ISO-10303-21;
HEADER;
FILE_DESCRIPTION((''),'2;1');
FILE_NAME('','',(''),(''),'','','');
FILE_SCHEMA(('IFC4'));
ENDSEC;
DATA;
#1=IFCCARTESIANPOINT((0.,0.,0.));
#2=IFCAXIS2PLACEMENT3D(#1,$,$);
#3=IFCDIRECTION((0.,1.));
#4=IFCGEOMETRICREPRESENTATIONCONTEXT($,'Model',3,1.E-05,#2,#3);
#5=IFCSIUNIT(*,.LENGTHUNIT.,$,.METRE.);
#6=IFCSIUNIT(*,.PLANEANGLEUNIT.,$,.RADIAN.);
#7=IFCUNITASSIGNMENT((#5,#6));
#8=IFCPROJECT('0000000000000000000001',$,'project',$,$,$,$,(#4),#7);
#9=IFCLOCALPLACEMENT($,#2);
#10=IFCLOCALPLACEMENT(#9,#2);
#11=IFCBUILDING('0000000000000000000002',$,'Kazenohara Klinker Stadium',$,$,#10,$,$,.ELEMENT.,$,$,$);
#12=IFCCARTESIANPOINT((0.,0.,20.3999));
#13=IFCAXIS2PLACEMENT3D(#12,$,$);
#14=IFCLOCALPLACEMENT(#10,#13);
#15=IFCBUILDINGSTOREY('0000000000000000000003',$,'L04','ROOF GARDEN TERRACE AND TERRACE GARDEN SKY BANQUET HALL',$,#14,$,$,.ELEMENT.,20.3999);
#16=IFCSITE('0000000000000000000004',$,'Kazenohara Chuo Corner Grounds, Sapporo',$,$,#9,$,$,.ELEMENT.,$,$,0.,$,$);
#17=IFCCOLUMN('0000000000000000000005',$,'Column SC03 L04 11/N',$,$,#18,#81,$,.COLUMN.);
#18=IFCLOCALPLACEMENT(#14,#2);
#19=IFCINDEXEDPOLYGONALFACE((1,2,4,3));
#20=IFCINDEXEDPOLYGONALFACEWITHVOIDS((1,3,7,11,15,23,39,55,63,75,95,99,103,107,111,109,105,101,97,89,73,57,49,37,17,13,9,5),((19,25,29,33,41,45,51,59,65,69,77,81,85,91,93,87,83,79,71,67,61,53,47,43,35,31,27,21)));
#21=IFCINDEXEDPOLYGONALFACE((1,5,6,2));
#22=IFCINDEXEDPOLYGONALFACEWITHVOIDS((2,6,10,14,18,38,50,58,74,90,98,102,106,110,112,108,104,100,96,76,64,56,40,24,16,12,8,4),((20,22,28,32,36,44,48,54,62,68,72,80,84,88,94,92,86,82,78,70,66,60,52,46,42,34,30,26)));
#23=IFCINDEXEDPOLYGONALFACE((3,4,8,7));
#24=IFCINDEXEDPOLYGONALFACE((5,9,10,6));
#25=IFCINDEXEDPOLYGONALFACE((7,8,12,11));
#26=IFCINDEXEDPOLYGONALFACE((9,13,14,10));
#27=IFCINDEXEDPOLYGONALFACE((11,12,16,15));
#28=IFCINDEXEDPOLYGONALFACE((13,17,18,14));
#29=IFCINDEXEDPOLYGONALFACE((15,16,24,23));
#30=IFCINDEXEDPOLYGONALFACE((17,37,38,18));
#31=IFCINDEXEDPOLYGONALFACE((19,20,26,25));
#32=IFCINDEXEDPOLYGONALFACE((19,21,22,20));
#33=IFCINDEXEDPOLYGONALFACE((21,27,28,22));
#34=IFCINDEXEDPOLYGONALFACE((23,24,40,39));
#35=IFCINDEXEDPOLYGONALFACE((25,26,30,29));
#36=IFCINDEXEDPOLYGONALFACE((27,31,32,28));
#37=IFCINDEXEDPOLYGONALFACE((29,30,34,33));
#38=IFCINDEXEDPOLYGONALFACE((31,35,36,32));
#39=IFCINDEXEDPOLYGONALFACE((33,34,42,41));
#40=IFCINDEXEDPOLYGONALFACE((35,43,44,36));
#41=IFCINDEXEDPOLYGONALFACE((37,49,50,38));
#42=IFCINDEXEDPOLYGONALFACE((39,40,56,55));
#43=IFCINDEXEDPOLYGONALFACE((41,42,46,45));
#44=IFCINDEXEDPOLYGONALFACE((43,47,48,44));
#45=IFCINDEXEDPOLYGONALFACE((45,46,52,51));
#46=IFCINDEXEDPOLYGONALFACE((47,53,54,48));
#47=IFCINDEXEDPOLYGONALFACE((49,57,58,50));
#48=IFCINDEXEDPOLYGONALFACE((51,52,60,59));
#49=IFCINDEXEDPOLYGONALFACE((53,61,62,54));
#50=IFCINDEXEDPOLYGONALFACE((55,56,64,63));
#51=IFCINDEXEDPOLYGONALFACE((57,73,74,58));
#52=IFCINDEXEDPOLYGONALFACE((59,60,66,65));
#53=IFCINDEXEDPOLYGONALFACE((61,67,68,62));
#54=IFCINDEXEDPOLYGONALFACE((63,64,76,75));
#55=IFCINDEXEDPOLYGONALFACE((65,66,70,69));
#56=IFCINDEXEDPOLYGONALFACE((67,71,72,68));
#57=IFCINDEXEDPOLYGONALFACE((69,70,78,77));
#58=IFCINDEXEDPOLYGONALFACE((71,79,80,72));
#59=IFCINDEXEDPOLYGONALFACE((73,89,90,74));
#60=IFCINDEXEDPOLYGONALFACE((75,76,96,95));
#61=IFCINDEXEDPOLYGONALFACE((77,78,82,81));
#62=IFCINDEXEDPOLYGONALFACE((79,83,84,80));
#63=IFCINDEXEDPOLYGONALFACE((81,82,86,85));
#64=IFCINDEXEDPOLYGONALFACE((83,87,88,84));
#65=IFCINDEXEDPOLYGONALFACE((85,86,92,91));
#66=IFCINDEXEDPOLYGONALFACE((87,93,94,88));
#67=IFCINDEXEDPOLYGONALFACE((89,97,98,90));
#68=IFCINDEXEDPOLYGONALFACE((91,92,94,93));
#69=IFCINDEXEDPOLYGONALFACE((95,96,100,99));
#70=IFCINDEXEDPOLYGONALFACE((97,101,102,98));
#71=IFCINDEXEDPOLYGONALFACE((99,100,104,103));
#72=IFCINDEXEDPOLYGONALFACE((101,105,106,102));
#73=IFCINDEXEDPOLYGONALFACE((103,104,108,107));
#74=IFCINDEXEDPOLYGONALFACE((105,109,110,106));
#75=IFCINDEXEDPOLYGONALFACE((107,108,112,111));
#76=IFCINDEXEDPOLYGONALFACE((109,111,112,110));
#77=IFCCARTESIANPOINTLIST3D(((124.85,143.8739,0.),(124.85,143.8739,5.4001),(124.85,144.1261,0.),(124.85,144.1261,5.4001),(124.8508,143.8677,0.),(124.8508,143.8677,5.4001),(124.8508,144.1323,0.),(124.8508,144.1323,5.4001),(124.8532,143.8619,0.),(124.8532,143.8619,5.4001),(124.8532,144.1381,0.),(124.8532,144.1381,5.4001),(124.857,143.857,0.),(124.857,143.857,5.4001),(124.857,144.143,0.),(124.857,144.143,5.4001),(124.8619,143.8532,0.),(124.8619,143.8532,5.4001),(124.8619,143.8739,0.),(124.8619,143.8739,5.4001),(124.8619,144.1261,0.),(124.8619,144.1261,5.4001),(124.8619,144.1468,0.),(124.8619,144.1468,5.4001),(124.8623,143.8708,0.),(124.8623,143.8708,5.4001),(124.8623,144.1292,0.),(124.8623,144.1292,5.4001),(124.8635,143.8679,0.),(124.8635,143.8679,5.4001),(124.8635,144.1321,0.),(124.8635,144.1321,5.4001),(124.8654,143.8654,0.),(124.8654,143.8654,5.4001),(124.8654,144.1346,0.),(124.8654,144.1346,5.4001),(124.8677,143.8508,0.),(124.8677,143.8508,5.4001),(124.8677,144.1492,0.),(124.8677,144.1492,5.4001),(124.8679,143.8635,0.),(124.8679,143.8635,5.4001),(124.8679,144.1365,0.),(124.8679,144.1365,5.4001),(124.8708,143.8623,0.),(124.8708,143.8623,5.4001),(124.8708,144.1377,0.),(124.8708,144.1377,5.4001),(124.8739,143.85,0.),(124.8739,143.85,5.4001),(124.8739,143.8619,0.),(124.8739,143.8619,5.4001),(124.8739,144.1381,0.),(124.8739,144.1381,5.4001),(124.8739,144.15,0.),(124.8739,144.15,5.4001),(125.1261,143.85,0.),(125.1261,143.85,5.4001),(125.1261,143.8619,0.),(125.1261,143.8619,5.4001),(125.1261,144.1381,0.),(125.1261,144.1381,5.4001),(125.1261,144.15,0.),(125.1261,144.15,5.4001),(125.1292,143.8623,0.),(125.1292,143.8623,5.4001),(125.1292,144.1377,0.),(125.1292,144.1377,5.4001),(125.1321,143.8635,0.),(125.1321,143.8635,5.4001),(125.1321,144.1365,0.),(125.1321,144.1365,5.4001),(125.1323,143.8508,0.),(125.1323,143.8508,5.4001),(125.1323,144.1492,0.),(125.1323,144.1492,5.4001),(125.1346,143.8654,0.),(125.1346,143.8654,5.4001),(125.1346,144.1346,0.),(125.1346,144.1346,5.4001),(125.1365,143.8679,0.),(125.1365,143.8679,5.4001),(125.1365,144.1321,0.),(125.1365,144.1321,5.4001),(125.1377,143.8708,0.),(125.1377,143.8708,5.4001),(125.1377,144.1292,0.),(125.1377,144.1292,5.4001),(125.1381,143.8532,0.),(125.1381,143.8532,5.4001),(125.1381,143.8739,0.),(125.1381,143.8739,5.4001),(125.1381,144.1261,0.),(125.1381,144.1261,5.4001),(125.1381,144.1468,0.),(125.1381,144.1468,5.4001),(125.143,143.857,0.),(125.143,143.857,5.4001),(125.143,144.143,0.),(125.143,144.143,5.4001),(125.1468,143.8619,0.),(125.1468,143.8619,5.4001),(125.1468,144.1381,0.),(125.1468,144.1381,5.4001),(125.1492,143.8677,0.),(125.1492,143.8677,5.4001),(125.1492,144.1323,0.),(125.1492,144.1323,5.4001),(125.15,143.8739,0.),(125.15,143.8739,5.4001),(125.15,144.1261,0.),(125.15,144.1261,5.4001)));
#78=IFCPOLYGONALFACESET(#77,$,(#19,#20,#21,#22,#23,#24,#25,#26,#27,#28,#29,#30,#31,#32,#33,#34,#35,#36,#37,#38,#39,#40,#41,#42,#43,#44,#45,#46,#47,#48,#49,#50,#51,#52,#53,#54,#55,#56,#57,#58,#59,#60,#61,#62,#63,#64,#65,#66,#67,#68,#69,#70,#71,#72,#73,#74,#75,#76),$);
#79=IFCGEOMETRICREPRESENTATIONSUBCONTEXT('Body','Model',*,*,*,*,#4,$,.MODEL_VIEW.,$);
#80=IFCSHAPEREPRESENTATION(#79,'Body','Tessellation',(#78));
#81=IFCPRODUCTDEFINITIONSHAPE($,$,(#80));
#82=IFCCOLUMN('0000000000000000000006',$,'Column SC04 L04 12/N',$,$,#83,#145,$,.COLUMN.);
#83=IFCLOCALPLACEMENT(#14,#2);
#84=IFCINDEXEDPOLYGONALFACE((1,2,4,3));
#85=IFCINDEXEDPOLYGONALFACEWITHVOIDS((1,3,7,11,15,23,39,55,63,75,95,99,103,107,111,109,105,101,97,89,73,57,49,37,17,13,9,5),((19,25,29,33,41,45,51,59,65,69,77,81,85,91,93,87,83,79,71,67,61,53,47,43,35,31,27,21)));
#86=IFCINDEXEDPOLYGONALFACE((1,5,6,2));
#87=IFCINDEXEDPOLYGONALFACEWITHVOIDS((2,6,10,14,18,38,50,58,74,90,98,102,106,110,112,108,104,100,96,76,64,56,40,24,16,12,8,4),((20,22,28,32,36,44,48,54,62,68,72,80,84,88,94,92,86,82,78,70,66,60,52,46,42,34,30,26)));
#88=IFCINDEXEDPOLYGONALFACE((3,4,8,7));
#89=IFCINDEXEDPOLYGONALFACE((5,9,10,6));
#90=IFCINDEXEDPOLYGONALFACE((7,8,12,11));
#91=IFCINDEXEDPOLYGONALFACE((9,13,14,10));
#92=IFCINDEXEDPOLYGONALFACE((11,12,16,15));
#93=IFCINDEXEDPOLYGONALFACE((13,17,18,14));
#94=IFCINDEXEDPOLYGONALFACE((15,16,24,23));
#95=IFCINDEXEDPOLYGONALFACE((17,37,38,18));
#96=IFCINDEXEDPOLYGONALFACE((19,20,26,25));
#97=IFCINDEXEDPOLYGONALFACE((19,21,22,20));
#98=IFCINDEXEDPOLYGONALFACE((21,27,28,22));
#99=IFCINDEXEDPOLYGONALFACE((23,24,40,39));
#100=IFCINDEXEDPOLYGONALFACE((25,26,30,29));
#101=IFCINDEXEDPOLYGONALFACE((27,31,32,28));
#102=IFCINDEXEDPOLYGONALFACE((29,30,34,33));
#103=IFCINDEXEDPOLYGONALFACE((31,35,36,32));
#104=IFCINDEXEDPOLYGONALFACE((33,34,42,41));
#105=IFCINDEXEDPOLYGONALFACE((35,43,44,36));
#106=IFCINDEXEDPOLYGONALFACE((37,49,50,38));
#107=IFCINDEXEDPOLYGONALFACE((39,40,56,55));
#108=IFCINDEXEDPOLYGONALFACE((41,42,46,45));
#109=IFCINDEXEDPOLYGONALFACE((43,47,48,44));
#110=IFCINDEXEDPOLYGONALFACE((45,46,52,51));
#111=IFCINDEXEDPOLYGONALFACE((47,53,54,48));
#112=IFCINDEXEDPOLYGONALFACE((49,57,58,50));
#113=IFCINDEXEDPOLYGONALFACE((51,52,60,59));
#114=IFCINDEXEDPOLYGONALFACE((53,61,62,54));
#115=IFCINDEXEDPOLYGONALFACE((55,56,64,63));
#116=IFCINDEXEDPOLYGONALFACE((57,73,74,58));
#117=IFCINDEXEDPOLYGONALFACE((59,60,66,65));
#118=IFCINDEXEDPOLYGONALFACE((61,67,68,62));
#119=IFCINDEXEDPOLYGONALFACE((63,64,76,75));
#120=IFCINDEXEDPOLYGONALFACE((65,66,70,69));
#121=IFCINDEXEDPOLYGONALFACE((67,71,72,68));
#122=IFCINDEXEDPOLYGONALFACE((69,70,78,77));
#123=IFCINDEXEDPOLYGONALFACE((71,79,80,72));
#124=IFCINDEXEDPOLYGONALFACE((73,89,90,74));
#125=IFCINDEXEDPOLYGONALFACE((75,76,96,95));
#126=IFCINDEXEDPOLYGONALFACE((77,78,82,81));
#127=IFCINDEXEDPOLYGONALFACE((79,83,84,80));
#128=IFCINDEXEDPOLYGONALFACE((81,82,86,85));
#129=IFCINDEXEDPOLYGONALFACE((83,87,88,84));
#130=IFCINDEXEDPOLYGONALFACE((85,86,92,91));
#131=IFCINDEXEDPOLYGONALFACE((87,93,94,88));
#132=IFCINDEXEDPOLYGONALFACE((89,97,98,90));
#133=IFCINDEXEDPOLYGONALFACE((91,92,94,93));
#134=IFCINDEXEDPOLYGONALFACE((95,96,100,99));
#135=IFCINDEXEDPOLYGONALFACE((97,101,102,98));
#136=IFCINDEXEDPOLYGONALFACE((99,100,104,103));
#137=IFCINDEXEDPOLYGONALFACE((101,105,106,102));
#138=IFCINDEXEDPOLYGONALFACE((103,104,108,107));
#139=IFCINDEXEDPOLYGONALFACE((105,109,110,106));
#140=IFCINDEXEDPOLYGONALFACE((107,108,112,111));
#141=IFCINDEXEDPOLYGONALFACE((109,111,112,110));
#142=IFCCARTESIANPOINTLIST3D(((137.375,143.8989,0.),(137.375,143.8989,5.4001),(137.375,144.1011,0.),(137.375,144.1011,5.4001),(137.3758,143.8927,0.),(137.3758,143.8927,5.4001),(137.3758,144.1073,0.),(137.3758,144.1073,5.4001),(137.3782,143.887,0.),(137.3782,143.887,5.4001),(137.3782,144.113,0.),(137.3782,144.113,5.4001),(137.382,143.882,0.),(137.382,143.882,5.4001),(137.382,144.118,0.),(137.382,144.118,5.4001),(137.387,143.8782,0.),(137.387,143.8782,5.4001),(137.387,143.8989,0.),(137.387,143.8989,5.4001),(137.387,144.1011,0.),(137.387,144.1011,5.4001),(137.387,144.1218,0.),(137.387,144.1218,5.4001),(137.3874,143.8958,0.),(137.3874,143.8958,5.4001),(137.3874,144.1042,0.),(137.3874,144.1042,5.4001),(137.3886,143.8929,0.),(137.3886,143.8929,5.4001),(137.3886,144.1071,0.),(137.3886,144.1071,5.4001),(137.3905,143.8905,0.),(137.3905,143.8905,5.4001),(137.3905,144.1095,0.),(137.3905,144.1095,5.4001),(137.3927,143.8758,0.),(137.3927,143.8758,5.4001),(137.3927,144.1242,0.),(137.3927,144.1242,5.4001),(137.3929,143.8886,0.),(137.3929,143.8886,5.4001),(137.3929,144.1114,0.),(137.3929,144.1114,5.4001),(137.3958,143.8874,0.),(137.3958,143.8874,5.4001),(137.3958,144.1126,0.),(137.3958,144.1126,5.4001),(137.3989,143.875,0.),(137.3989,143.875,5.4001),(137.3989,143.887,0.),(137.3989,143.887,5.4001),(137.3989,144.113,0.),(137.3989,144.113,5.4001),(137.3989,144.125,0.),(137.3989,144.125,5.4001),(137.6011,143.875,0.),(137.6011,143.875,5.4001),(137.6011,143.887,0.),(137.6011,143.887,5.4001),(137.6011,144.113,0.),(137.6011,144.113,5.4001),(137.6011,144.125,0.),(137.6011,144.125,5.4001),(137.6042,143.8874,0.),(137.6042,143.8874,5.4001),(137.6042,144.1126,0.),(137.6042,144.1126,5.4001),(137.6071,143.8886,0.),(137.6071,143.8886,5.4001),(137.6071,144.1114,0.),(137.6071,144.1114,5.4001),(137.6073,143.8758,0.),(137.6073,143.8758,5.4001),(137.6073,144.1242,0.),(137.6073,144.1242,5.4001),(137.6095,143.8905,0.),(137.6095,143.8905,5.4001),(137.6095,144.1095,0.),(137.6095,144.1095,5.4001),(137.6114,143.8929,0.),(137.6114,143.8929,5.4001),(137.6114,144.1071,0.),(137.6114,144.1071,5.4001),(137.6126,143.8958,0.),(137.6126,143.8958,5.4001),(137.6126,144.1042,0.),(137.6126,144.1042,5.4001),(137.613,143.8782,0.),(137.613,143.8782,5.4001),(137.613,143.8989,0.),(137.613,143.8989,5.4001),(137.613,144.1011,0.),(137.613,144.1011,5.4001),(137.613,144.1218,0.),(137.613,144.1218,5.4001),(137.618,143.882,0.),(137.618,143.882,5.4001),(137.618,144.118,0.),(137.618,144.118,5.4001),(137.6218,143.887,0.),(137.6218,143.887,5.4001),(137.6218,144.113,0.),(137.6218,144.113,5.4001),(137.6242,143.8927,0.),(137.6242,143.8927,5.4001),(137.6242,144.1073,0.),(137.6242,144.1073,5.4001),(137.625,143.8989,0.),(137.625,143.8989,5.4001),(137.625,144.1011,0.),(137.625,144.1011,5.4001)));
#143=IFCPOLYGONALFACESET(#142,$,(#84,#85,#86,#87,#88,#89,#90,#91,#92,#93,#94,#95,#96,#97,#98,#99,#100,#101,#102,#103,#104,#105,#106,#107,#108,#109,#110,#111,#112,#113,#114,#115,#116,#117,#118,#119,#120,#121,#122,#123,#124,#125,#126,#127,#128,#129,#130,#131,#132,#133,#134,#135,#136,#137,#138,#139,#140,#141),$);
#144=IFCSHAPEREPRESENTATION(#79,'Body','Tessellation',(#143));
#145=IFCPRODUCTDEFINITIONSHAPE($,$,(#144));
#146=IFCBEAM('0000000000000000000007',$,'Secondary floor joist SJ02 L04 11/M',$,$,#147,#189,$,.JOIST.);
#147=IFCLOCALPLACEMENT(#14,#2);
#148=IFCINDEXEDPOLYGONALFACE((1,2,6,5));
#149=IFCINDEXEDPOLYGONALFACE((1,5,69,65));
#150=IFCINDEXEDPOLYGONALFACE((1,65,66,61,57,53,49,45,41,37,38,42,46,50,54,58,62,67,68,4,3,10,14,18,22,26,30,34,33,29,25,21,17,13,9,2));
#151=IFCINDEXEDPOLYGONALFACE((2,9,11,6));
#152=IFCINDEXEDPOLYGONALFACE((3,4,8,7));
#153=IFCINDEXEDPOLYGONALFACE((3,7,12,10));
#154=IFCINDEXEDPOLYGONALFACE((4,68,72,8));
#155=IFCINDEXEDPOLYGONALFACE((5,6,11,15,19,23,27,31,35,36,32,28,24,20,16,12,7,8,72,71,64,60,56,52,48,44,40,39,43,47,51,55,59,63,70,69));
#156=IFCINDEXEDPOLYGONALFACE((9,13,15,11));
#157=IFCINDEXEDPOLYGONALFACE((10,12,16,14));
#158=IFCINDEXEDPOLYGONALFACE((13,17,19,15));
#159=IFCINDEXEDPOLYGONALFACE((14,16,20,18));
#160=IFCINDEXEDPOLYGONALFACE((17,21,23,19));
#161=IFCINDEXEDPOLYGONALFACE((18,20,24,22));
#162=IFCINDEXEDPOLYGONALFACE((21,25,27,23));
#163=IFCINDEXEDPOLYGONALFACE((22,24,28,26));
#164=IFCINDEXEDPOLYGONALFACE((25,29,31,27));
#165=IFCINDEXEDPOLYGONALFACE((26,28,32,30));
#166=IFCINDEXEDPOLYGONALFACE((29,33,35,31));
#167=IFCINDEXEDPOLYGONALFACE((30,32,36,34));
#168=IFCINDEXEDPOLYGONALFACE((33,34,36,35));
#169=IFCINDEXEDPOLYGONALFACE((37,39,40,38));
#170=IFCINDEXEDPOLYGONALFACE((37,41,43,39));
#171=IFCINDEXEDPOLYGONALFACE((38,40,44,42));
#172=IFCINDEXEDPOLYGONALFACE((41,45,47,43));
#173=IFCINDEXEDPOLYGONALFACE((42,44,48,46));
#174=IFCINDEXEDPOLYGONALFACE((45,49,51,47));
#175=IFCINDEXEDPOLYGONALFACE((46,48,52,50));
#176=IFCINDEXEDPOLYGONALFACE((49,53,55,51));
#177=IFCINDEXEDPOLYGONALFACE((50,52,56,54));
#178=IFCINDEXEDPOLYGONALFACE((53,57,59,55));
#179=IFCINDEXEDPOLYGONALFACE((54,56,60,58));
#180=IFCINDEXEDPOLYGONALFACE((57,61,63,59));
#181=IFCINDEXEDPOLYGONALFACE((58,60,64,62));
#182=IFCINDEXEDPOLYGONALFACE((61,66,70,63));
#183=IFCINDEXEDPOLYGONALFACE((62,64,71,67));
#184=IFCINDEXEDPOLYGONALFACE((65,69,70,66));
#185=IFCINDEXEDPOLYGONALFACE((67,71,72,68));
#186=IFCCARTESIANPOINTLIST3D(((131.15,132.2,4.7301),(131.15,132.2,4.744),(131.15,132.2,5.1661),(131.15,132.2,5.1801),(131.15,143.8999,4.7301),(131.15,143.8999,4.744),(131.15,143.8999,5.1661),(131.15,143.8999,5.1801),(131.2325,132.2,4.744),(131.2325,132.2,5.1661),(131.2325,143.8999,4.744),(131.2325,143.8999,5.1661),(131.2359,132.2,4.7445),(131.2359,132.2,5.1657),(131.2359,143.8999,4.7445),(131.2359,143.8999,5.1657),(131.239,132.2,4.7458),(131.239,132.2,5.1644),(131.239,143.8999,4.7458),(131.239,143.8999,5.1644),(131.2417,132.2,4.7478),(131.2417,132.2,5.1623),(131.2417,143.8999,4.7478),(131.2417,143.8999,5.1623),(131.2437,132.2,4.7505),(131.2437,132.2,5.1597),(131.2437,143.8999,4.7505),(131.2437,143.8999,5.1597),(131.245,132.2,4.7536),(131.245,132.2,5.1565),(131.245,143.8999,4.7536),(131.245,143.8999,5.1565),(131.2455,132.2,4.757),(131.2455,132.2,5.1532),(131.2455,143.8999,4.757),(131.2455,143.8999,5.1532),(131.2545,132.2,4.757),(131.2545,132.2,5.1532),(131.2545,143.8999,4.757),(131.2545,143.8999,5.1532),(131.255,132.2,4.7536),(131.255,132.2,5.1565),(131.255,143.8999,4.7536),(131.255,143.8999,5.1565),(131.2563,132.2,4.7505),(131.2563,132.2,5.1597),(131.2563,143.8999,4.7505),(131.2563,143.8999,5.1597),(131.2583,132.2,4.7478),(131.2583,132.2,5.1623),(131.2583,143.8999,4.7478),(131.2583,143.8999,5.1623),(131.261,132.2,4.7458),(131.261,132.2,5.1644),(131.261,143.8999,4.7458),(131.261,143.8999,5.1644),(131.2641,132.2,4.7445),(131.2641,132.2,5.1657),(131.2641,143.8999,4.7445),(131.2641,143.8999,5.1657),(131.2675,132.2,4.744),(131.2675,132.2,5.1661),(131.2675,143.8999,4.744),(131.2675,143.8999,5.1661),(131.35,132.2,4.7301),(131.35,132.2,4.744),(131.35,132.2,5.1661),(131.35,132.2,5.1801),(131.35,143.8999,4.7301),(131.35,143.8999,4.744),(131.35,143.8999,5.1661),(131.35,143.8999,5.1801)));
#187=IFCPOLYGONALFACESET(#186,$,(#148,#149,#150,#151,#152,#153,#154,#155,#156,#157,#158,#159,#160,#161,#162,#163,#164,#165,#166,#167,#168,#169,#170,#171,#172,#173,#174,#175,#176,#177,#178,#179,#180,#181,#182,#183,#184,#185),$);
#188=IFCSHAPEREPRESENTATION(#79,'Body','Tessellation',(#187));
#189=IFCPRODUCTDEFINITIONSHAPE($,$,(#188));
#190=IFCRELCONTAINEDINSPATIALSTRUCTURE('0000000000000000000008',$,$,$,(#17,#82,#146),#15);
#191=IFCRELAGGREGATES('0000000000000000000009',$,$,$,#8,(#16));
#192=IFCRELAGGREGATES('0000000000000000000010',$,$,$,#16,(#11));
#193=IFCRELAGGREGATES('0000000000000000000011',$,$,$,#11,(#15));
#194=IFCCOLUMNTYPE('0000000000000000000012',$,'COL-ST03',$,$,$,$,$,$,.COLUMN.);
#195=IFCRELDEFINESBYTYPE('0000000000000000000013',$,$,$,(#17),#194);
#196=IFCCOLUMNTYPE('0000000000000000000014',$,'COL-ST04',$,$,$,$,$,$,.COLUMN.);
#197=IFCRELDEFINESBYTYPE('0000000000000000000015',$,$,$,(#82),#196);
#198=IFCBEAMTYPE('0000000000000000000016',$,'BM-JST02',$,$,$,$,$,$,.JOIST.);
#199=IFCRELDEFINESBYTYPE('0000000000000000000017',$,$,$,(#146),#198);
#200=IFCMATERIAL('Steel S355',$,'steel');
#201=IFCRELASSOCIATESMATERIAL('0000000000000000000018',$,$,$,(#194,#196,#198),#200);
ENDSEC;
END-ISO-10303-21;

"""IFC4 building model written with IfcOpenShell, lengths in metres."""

from ifc_helpers import new_model, si_unit, direction, frame, origin, origin_2d, place, context, subcontext, project, spatial, hollow_rectangle, i_section, extrude, material, material_profile, profile_set, type_object, element, save


model = new_model("IFC4")

# Units and contexts
model_context = context("Model", 3, precision=1e-05, world=origin(), true_north=direction((0.0, 1.0)))
body_context = subcontext(model_context, "Body", "Model", "MODEL_VIEW")
ifc_project = project(units=[si_unit("LENGTHUNIT", "METRE"), si_unit("PLANEANGLEUNIT", "RADIAN")], contexts=[model_context])

# Site, building, storey
site_placement = place(None, origin())
site = spatial("IfcSite", under=ifc_project, at=site_placement, Name="Kazenohara Chuo Corner Grounds, Sapporo", CompositionType="ELEMENT", RefElevation=0.0)
building_placement = place(site_placement, origin())
building = spatial("IfcBuilding", under=site, at=building_placement, Name="Kazenohara Klinker Stadium", CompositionType="ELEMENT")
storey_placement = place(building_placement, frame((0.0, 0.0, 20.3999)))
storey = spatial("IfcBuildingStorey", under=building, at=storey_placement, Name="L04", Description="ROOF GARDEN TERRACE AND TERRACE GARDEN SKY BANQUET HALL", CompositionType="ELEMENT", Elevation=20.3999)

# Columns
ifc_material_1 = material(Name="Steel S355", Category="steel")
ifc_material_profile_1 = material_profile(ifc_material_1, hollow_rectangle(XDim=0.3, YDim=0.3, WallThickness=0.012, InnerFilletRadius=0.012, OuterFilletRadius=0.0239, at=origin_2d()), Name="SHS-300x300x12")
ifc_profile_set_1 = profile_set([ifc_material_profile_1], Name="Steel S355")
column_type_1 = type_object("IfcColumnType", Name="COL-ST03", PredefinedType="COLUMN", material=ifc_profile_set_1)
column_1_placement = place(storey_placement, frame((125.0, 144.0, 0.0), z_axis=(0.0, 0.0, 1.0), x_axis=(1.0, 0.0, 0.0)))
element("IfcColumn", 1, at=column_1_placement, inside=storey, type_object=column_type_1, Name="Column SC03 L04 11/N", PredefinedType="COLUMN", context=body_context, shape_type="SweptSolid", body=[
    extrude(hollow_rectangle(XDim=0.3, YDim=0.3, WallThickness=0.012, InnerFilletRadius=0.012, OuterFilletRadius=0.0239, at=origin_2d()), origin(), (0.0, 0.0, 1.0), 5.4001),
])
ifc_material_profile_2 = material_profile(ifc_material_1, hollow_rectangle(XDim=0.25, YDim=0.25, WallThickness=0.012, InnerFilletRadius=0.012, OuterFilletRadius=0.0239, at=origin_2d()), Name="SHS-250x250x12")
ifc_profile_set_2 = profile_set([ifc_material_profile_2], Name="Steel S355")
column_type_2 = type_object("IfcColumnType", Name="COL-ST04", PredefinedType="COLUMN", material=ifc_profile_set_2)
column_2_placement = place(storey_placement, frame((137.5, 144.0, 0.0), z_axis=(0.0, 0.0, 1.0), x_axis=(1.0, 0.0, 0.0)))
element("IfcColumn", 2, at=column_2_placement, inside=storey, type_object=column_type_2, Name="Column SC04 L04 12/N", PredefinedType="COLUMN", context=body_context, shape_type="SweptSolid", body=[
    extrude(hollow_rectangle(XDim=0.25, YDim=0.25, WallThickness=0.012, InnerFilletRadius=0.012, OuterFilletRadius=0.0239, at=origin_2d()), origin(), (0.0, 0.0, 1.0), 5.4001),
])

# Beam
ifc_material_profile_3 = material_profile(ifc_material_1, i_section(OverallWidth=0.2, OverallDepth=0.45, WebThickness=0.009, FlangeThickness=0.0139, FilletRadius=0.0129, at=origin_2d()), Name="H-450x200x9x14")
ifc_profile_set_3 = profile_set([ifc_material_profile_3], Name="Steel S355")
beam_type_1 = type_object("IfcBeamType", Name="BM-JST02", PredefinedType="JOIST", material=ifc_profile_set_3)
beam_1_placement = place(storey_placement, frame((131.25, 132.2, 4.9551), z_axis=(0.0, 1.0, 0.0), x_axis=(-1.0, 0.0, 0.0)))
element("IfcBeam", 3, at=beam_1_placement, inside=storey, type_object=beam_type_1, Name="Secondary floor joist SJ02 L04 11/M", PredefinedType="JOIST", context=body_context, shape_type="SweptSolid", body=[
    extrude(i_section(OverallWidth=0.2, OverallDepth=0.45, WebThickness=0.009, FlangeThickness=0.0139, FilletRadius=0.0129, at=origin_2d()), origin(), (0.0, 0.0, 1.0), 11.7),
])

save(model, "model.ifc")
